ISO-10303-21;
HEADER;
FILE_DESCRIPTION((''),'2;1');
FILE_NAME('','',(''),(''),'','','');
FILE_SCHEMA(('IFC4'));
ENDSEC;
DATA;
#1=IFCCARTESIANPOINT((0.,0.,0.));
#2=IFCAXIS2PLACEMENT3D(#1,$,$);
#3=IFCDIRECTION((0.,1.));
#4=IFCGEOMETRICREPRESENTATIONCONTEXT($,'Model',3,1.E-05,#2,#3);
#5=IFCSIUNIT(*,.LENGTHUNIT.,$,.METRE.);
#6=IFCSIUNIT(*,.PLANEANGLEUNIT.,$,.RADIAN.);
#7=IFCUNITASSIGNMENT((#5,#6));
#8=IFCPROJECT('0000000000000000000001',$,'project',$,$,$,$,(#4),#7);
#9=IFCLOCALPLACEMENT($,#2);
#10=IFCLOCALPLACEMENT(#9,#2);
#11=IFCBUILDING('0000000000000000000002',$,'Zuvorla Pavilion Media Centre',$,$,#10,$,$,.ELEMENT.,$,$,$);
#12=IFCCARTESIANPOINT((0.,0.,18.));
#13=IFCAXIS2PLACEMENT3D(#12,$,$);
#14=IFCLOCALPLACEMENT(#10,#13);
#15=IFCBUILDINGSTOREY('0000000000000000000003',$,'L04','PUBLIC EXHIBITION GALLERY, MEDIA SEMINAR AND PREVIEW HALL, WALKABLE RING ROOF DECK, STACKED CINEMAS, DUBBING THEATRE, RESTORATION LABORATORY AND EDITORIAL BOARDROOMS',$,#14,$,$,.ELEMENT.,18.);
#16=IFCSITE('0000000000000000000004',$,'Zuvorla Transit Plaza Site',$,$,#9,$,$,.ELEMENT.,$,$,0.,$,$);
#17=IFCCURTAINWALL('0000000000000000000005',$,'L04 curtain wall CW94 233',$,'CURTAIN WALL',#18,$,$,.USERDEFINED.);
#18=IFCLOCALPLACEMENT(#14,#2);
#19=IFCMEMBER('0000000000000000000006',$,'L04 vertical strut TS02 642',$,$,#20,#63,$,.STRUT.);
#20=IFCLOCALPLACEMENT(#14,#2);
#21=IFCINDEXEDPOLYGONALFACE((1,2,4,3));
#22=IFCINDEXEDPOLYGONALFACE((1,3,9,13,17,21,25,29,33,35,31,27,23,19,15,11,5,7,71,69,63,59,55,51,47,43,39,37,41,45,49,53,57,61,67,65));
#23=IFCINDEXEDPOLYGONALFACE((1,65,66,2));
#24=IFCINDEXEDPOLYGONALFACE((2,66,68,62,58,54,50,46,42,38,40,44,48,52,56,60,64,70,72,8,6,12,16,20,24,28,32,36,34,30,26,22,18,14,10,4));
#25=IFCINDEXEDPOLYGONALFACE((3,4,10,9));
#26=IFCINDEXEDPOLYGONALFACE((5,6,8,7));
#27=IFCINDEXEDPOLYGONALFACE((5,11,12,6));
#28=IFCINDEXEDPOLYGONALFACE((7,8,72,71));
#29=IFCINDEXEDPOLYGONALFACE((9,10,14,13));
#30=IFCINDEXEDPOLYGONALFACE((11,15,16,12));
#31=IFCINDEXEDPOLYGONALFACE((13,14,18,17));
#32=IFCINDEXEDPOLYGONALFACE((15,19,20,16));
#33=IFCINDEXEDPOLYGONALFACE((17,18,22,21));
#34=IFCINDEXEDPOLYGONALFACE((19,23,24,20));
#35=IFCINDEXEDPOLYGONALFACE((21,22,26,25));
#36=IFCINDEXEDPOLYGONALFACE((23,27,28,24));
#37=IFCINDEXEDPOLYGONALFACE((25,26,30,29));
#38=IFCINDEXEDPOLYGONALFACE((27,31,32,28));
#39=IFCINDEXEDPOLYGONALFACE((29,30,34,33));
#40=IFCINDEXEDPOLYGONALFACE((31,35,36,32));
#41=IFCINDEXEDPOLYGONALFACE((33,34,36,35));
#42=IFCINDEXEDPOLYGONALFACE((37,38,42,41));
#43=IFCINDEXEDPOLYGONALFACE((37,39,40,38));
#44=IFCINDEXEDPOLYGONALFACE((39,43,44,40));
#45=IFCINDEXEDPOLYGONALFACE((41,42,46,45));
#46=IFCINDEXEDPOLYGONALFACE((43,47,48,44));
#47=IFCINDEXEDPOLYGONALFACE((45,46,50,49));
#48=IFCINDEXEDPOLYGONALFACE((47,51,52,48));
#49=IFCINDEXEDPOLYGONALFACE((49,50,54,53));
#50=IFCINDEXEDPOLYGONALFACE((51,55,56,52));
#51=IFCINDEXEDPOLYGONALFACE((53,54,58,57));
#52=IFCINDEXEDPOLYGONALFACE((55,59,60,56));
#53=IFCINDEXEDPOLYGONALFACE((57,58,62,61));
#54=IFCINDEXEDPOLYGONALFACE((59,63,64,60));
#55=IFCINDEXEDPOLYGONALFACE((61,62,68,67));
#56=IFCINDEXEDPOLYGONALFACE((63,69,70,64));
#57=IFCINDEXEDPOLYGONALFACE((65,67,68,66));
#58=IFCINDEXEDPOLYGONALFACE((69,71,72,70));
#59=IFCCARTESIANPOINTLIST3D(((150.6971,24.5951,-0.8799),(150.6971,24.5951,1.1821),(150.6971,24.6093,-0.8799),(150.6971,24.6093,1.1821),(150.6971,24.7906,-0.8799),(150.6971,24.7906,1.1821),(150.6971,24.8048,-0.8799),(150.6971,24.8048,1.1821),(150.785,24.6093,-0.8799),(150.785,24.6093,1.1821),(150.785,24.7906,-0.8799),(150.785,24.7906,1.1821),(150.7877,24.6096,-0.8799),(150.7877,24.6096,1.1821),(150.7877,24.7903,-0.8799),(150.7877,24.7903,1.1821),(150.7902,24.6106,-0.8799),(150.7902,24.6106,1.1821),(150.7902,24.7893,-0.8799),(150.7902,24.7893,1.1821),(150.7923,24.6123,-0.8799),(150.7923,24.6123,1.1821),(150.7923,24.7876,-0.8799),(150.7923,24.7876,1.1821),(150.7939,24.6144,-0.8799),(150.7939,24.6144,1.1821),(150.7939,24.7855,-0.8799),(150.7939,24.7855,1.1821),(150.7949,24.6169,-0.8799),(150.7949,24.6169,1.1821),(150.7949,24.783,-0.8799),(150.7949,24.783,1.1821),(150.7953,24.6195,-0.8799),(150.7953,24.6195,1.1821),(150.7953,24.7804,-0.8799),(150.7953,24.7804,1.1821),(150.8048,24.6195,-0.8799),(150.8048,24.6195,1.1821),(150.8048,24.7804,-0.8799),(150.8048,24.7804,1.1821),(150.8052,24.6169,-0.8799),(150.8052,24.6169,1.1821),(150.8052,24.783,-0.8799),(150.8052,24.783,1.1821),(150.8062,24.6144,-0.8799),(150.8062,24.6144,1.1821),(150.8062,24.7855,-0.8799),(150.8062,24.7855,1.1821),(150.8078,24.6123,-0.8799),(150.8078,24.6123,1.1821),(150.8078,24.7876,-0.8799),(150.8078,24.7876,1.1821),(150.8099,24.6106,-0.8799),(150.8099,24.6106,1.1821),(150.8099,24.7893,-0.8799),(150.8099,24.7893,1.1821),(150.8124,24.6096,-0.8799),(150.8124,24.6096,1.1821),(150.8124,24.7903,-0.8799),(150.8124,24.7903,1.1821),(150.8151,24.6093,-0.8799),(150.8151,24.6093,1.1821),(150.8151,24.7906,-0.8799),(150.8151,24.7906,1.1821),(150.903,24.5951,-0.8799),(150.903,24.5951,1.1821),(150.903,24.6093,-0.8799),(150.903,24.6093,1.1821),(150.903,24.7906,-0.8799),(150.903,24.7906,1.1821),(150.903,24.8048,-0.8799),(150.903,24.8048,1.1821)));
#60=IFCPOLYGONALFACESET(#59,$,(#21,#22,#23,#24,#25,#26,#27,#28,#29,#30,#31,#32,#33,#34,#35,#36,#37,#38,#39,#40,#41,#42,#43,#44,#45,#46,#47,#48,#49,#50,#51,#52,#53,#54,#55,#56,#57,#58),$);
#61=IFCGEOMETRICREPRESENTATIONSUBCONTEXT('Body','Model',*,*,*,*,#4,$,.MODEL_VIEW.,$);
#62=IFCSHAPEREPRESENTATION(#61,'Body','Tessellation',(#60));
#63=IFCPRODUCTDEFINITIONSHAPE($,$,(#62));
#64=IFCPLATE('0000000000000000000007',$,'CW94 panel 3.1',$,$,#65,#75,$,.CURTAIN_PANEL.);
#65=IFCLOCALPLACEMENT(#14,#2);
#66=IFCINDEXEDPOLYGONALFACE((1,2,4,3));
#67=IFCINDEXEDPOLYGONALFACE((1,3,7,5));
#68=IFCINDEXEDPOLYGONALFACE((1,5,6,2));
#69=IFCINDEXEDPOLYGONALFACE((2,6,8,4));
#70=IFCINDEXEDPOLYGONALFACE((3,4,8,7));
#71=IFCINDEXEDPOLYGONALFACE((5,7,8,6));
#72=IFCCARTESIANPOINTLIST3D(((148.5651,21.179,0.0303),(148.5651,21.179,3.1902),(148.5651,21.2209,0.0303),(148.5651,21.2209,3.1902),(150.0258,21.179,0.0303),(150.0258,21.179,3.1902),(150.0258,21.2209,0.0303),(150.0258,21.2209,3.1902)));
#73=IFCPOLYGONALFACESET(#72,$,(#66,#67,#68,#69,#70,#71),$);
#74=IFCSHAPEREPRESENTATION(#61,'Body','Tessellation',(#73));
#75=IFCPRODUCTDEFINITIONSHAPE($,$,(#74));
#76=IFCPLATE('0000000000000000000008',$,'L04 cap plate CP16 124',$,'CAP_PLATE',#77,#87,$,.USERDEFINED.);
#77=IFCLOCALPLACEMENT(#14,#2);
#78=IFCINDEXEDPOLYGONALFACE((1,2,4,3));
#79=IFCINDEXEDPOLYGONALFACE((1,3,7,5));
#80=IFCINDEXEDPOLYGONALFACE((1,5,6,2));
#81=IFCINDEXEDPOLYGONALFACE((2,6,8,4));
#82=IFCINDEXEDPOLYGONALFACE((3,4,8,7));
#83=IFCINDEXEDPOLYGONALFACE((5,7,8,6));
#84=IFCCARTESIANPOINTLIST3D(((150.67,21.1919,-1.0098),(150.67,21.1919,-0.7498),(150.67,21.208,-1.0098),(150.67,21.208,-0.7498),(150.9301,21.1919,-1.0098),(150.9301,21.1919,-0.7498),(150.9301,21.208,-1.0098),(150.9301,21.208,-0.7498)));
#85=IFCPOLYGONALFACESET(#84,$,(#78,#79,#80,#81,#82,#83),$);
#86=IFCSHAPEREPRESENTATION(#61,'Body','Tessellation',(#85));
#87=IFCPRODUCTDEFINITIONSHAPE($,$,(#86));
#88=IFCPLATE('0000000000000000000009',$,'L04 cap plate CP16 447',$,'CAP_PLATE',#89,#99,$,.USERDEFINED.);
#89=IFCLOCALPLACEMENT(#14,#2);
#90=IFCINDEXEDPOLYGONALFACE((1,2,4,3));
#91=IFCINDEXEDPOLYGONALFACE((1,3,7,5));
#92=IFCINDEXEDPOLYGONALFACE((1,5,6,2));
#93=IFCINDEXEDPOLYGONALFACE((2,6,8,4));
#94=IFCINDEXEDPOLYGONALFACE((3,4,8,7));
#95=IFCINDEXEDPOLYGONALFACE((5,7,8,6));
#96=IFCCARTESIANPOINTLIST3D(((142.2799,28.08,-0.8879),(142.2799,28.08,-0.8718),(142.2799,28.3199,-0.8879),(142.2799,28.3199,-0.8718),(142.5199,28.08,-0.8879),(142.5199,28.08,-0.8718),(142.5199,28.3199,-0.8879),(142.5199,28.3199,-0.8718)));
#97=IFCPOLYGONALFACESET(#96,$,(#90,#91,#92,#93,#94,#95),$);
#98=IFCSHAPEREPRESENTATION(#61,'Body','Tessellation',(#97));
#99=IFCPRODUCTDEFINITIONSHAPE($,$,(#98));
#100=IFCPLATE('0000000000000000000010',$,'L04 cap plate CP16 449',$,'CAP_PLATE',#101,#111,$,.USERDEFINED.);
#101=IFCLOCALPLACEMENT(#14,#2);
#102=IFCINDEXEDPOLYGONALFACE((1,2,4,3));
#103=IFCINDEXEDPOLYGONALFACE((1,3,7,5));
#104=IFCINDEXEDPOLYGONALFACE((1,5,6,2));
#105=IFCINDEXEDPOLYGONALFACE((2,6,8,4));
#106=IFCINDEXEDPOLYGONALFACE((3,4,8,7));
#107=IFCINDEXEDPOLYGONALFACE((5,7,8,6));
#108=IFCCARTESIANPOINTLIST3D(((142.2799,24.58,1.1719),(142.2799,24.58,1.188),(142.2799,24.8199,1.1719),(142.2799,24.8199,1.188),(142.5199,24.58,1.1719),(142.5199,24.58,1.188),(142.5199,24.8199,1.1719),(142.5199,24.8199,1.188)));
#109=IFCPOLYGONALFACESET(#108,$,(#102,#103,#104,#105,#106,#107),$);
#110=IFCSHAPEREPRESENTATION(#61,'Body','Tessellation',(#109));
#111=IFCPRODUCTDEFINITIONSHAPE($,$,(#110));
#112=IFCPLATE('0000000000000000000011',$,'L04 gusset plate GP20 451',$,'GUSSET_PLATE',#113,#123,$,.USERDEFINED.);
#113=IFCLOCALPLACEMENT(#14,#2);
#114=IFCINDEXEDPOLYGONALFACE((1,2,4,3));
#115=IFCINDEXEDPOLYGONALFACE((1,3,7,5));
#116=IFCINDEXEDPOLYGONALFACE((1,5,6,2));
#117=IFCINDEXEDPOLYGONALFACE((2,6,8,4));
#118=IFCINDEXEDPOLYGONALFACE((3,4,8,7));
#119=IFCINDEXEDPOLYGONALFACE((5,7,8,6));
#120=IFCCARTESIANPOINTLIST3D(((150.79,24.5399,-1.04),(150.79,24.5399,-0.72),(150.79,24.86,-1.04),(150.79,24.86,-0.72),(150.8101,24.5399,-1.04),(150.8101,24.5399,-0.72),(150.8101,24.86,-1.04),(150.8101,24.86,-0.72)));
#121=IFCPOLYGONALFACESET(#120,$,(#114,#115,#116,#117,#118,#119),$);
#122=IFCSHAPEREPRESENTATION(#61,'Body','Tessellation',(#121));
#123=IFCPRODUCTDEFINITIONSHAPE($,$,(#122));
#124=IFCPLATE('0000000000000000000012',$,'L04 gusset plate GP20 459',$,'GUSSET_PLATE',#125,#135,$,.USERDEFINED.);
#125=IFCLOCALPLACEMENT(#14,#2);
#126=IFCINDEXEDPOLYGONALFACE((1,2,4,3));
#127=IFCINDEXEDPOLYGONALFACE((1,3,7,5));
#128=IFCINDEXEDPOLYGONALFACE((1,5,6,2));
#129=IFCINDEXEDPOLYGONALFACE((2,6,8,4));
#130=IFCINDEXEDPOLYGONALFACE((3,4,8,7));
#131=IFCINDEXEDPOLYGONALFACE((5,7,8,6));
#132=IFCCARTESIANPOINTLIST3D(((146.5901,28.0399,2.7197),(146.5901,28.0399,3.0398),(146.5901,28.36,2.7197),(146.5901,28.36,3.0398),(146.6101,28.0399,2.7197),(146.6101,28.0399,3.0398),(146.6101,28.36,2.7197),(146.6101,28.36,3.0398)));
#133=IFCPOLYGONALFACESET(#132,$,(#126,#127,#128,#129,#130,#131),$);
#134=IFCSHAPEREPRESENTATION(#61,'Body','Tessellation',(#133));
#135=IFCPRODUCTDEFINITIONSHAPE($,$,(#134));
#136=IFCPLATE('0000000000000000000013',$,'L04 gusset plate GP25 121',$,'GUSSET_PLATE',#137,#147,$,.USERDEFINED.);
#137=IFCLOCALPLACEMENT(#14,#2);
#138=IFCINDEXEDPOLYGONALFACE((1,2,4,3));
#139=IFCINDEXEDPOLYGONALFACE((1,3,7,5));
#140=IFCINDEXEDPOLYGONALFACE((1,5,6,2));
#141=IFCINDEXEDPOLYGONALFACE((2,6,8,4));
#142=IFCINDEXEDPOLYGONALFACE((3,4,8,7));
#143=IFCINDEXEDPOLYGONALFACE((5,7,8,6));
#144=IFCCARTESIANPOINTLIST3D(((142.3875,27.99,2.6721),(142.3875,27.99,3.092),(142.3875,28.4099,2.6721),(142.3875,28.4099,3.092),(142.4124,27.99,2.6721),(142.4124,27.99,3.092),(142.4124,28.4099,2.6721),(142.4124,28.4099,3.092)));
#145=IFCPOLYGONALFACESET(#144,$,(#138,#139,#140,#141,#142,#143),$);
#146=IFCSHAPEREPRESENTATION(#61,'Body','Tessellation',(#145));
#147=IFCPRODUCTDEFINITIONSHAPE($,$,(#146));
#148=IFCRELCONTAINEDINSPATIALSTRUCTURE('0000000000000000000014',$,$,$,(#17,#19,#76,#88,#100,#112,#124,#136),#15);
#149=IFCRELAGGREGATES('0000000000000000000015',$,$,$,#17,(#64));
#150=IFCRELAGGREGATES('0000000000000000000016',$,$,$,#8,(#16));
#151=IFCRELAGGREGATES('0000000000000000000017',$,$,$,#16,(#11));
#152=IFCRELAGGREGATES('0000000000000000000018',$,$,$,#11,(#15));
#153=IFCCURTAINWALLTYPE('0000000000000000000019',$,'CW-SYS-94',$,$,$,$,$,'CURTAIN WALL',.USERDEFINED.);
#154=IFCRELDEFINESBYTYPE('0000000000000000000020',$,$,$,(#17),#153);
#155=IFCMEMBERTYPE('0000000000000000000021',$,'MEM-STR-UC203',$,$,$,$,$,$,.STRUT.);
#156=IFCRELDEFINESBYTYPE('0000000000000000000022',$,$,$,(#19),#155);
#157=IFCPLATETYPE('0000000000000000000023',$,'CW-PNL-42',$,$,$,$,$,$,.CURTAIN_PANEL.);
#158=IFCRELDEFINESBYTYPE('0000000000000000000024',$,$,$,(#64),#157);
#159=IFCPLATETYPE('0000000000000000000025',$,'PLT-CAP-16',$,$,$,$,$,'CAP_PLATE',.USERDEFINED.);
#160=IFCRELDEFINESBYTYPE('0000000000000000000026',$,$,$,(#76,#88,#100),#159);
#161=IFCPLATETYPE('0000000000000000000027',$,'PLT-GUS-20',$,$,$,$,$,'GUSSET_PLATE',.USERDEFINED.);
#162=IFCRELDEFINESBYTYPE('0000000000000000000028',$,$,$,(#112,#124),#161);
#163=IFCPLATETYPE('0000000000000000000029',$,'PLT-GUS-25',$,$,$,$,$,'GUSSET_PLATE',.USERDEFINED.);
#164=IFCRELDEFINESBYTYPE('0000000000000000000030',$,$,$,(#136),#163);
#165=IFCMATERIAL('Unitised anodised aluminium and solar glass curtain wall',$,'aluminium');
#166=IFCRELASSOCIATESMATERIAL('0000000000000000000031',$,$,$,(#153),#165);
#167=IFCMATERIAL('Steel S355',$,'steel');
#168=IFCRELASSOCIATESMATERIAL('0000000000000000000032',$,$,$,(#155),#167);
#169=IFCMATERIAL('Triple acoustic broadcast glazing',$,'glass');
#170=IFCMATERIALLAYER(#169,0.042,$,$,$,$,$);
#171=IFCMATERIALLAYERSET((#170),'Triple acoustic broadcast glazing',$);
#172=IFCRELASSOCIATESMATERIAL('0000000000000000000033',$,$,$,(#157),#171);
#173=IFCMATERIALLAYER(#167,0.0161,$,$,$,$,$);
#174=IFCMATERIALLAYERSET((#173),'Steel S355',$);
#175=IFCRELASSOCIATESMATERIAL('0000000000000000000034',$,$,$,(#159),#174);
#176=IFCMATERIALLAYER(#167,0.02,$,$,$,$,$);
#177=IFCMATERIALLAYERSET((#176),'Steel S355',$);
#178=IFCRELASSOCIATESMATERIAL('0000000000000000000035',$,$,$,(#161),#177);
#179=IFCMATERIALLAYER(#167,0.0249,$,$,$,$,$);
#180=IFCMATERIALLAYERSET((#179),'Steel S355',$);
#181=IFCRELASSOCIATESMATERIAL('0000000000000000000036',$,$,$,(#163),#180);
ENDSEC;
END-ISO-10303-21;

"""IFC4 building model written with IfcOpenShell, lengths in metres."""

from ifc_helpers import new_model, si_unit, direction, frame, origin, origin_2d, place, context, subcontext, project, spatial, rectangle, i_section, extrude, material, layer, layer_set, material_profile, profile_set, type_object, element, aggregate, save


model = new_model("IFC4")

# Units and contexts
model_context = context("Model", 3, precision=1e-05, world=origin(), true_north=direction((0.0, 1.0)))
body_context = subcontext(model_context, "Body", "Model", "MODEL_VIEW")
ifc_project = project(units=[si_unit("LENGTHUNIT", "METRE"), si_unit("PLANEANGLEUNIT", "RADIAN")], contexts=[model_context])

# Site, building, storey
site_placement = place(None, origin())
site = spatial("IfcSite", under=ifc_project, at=site_placement, Name="Zuvorla Transit Plaza Site", CompositionType="ELEMENT", RefElevation=0.0)
building_placement = place(site_placement, origin())
building = spatial("IfcBuilding", under=site, at=building_placement, Name="Zuvorla Pavilion Media Centre", CompositionType="ELEMENT")
storey_placement = place(building_placement, frame((0.0, 0.0, 18.0)))
storey = spatial("IfcBuildingStorey", under=building, at=storey_placement, Name="L04", Description="PUBLIC EXHIBITION GALLERY, MEDIA SEMINAR AND PREVIEW HALL, WALKABLE RING ROOF DECK, STACKED CINEMAS, DUBBING THEATRE, RESTORATION LABORATORY AND EDITORIAL BOARDROOMS", CompositionType="ELEMENT", Elevation=18.0)

# Shared definitions
ifc_material_1 = material(Name="Steel S355", Category="steel")

# Curtain wall
ifc_material_2 = material(Name="Unitised anodised aluminium and solar glass curtain wall", Category="aluminium")
curtain_wall_type = type_object("IfcCurtainWallType", Name="CW-SYS-94", ElementType="CURTAIN WALL", PredefinedType="USERDEFINED", material=ifc_material_2)
curtain_wall_placement = place(storey_placement, origin())
curtain_wall = element("IfcCurtainWall", 1, at=curtain_wall_placement, inside=storey, type_object=curtain_wall_type, Name="L04 curtain wall CW94 233", ObjectType="CURTAIN WALL", PredefinedType="USERDEFINED")

# Member
ifc_material_profile_1 = material_profile(ifc_material_1, i_section(OverallWidth=0.2058, OverallDepth=0.2097, WebThickness=0.0095, FlangeThickness=0.0142, FilletRadius=0.0103, at=origin_2d()), Name="UC 203x203x60")
ifc_profile_set_1 = profile_set([ifc_material_profile_1], Name="Steel S355")
member_type_1 = type_object("IfcMemberType", Name="MEM-STR-UC203", PredefinedType="STRUT", material=ifc_profile_set_1)
member_1_placement = place(storey_placement, frame((150.8, 24.7, -0.8799), z_axis=(0.0, 0.0, 1.0), x_axis=(1.0, 0.0, 0.0)))
element("IfcMember", 2, at=member_1_placement, inside=storey, type_object=member_type_1, Name="L04 vertical strut TS02 642", PredefinedType="STRUT", context=body_context, shape_type="SweptSolid", body=[
    extrude(i_section(OverallWidth=0.2058, OverallDepth=0.2097, WebThickness=0.0095, FlangeThickness=0.0142, FilletRadius=0.0103, at=origin_2d()), origin(), (0.0, 0.0, 1.0), 2.062),
])

# Plate
ifc_material_3 = material(Name="Triple acoustic broadcast glazing", Category="glass")
ifc_layer_1 = layer(ifc_material_3, 0.042)
ifc_layer_set_1 = layer_set([ifc_layer_1], Name="Triple acoustic broadcast glazing")
plate_type_1 = type_object("IfcPlateType", Name="CW-PNL-42", PredefinedType="CURTAIN_PANEL", material=ifc_layer_set_1)
plate_1_placement = place(storey_placement, frame((149.2954, 21.2, 0.0303), z_axis=(0.0, 0.0, 1.0), x_axis=(1.0, 0.0, 0.0)))
plate_1 = element("IfcPlate", 3, at=plate_1_placement, type_object=plate_type_1, Name="CW94 panel 3.1", PredefinedType="CURTAIN_PANEL", context=body_context, shape_type="SweptSolid", body=[
    extrude(rectangle(XDim=1.4607, YDim=0.042, at=origin_2d()), origin(), (0.0, 0.0, 1.0), 3.1599),
])
aggregate(curtain_wall, [plate_1])

# Plates
ifc_layer_2 = layer(ifc_material_1, 0.0161)
ifc_layer_set_2 = layer_set([ifc_layer_2], Name="Steel S355")
plate_type_2 = type_object("IfcPlateType", Name="PLT-CAP-16", ElementType="CAP_PLATE", PredefinedType="USERDEFINED", material=ifc_layer_set_2)
plate_2_placement = place(storey_placement, frame((150.8, 21.2, -1.0098), z_axis=(0.0, 0.0, 1.0), x_axis=(1.0, 0.0, 0.0)))
element("IfcPlate", 4, at=plate_2_placement, inside=storey, type_object=plate_type_2, Name="L04 cap plate CP16 124", ObjectType="CAP_PLATE", PredefinedType="USERDEFINED", context=body_context, shape_type="SweptSolid", body=[
    extrude(rectangle(XDim=0.26, YDim=0.0161, at=origin_2d()), origin(), (0.0, 0.0, 1.0), 0.26),
])
for number, where, z_axis, x_axis, name in (
    (5, (142.3999, 28.2, -0.8879), (0.0, 0.0, 1.0), (1.0, 0.0, 0.0), "L04 cap plate CP16 447"),
    (6, (142.3999, 24.7, 1.1719), (0.0, 0.0, 1.0), (1.0, 0.0, 0.0), "L04 cap plate CP16 449"),
):
    element("IfcPlate", number, at=place(storey_placement, frame(where, z_axis=z_axis, x_axis=x_axis)), inside=storey, type_object=plate_type_2, Name=name, ObjectType="CAP_PLATE", PredefinedType="USERDEFINED", context=body_context, shape_type="SweptSolid", body=[
        extrude(rectangle(XDim=0.24, YDim=0.24, at=origin_2d()), origin(), (0.0, 0.0, 1.0), 0.0161),
    ])
ifc_layer_3 = layer(ifc_material_1, 0.02)
ifc_layer_set_3 = layer_set([ifc_layer_3], Name="Steel S355")
plate_type_3 = type_object("IfcPlateType", Name="PLT-GUS-20", ElementType="GUSSET_PLATE", PredefinedType="USERDEFINED", material=ifc_layer_set_3)
for number, where, z_axis, x_axis, name in (
    (7, (150.8, 24.7, -1.04), (0.0, 0.0, 1.0), (1.0, 0.0, 0.0), "L04 gusset plate GP20 451"),
    (8, (146.6001, 28.2, 2.7197), (0.0, 0.0, 1.0), (1.0, 0.0, 0.0), "L04 gusset plate GP20 459"),
):
    element("IfcPlate", number, at=place(storey_placement, frame(where, z_axis=z_axis, x_axis=x_axis)), inside=storey, type_object=plate_type_3, Name=name, ObjectType="GUSSET_PLATE", PredefinedType="USERDEFINED", context=body_context, shape_type="SweptSolid", body=[
        extrude(rectangle(XDim=0.02, YDim=0.3201, at=origin_2d()), origin(), (0.0, 0.0, 1.0), 0.3201),
    ])
ifc_layer_4 = layer(ifc_material_1, 0.0249)
ifc_layer_set_4 = layer_set([ifc_layer_4], Name="Steel S355")
plate_type_4 = type_object("IfcPlateType", Name="PLT-GUS-25", ElementType="GUSSET_PLATE", PredefinedType="USERDEFINED", material=ifc_layer_set_4)
plate_3_placement = place(storey_placement, frame((142.3999, 28.2, 2.6721), z_axis=(0.0, 0.0, 1.0), x_axis=(1.0, 0.0, 0.0)))
element("IfcPlate", 9, at=plate_3_placement, inside=storey, type_object=plate_type_4, Name="L04 gusset plate GP25 121", ObjectType="GUSSET_PLATE", PredefinedType="USERDEFINED", context=body_context, shape_type="SweptSolid", body=[
    extrude(rectangle(XDim=0.0249, YDim=0.4199, at=origin_2d()), origin(), (0.0, 0.0, 1.0), 0.4199),
])

save(model, "model.ifc")
